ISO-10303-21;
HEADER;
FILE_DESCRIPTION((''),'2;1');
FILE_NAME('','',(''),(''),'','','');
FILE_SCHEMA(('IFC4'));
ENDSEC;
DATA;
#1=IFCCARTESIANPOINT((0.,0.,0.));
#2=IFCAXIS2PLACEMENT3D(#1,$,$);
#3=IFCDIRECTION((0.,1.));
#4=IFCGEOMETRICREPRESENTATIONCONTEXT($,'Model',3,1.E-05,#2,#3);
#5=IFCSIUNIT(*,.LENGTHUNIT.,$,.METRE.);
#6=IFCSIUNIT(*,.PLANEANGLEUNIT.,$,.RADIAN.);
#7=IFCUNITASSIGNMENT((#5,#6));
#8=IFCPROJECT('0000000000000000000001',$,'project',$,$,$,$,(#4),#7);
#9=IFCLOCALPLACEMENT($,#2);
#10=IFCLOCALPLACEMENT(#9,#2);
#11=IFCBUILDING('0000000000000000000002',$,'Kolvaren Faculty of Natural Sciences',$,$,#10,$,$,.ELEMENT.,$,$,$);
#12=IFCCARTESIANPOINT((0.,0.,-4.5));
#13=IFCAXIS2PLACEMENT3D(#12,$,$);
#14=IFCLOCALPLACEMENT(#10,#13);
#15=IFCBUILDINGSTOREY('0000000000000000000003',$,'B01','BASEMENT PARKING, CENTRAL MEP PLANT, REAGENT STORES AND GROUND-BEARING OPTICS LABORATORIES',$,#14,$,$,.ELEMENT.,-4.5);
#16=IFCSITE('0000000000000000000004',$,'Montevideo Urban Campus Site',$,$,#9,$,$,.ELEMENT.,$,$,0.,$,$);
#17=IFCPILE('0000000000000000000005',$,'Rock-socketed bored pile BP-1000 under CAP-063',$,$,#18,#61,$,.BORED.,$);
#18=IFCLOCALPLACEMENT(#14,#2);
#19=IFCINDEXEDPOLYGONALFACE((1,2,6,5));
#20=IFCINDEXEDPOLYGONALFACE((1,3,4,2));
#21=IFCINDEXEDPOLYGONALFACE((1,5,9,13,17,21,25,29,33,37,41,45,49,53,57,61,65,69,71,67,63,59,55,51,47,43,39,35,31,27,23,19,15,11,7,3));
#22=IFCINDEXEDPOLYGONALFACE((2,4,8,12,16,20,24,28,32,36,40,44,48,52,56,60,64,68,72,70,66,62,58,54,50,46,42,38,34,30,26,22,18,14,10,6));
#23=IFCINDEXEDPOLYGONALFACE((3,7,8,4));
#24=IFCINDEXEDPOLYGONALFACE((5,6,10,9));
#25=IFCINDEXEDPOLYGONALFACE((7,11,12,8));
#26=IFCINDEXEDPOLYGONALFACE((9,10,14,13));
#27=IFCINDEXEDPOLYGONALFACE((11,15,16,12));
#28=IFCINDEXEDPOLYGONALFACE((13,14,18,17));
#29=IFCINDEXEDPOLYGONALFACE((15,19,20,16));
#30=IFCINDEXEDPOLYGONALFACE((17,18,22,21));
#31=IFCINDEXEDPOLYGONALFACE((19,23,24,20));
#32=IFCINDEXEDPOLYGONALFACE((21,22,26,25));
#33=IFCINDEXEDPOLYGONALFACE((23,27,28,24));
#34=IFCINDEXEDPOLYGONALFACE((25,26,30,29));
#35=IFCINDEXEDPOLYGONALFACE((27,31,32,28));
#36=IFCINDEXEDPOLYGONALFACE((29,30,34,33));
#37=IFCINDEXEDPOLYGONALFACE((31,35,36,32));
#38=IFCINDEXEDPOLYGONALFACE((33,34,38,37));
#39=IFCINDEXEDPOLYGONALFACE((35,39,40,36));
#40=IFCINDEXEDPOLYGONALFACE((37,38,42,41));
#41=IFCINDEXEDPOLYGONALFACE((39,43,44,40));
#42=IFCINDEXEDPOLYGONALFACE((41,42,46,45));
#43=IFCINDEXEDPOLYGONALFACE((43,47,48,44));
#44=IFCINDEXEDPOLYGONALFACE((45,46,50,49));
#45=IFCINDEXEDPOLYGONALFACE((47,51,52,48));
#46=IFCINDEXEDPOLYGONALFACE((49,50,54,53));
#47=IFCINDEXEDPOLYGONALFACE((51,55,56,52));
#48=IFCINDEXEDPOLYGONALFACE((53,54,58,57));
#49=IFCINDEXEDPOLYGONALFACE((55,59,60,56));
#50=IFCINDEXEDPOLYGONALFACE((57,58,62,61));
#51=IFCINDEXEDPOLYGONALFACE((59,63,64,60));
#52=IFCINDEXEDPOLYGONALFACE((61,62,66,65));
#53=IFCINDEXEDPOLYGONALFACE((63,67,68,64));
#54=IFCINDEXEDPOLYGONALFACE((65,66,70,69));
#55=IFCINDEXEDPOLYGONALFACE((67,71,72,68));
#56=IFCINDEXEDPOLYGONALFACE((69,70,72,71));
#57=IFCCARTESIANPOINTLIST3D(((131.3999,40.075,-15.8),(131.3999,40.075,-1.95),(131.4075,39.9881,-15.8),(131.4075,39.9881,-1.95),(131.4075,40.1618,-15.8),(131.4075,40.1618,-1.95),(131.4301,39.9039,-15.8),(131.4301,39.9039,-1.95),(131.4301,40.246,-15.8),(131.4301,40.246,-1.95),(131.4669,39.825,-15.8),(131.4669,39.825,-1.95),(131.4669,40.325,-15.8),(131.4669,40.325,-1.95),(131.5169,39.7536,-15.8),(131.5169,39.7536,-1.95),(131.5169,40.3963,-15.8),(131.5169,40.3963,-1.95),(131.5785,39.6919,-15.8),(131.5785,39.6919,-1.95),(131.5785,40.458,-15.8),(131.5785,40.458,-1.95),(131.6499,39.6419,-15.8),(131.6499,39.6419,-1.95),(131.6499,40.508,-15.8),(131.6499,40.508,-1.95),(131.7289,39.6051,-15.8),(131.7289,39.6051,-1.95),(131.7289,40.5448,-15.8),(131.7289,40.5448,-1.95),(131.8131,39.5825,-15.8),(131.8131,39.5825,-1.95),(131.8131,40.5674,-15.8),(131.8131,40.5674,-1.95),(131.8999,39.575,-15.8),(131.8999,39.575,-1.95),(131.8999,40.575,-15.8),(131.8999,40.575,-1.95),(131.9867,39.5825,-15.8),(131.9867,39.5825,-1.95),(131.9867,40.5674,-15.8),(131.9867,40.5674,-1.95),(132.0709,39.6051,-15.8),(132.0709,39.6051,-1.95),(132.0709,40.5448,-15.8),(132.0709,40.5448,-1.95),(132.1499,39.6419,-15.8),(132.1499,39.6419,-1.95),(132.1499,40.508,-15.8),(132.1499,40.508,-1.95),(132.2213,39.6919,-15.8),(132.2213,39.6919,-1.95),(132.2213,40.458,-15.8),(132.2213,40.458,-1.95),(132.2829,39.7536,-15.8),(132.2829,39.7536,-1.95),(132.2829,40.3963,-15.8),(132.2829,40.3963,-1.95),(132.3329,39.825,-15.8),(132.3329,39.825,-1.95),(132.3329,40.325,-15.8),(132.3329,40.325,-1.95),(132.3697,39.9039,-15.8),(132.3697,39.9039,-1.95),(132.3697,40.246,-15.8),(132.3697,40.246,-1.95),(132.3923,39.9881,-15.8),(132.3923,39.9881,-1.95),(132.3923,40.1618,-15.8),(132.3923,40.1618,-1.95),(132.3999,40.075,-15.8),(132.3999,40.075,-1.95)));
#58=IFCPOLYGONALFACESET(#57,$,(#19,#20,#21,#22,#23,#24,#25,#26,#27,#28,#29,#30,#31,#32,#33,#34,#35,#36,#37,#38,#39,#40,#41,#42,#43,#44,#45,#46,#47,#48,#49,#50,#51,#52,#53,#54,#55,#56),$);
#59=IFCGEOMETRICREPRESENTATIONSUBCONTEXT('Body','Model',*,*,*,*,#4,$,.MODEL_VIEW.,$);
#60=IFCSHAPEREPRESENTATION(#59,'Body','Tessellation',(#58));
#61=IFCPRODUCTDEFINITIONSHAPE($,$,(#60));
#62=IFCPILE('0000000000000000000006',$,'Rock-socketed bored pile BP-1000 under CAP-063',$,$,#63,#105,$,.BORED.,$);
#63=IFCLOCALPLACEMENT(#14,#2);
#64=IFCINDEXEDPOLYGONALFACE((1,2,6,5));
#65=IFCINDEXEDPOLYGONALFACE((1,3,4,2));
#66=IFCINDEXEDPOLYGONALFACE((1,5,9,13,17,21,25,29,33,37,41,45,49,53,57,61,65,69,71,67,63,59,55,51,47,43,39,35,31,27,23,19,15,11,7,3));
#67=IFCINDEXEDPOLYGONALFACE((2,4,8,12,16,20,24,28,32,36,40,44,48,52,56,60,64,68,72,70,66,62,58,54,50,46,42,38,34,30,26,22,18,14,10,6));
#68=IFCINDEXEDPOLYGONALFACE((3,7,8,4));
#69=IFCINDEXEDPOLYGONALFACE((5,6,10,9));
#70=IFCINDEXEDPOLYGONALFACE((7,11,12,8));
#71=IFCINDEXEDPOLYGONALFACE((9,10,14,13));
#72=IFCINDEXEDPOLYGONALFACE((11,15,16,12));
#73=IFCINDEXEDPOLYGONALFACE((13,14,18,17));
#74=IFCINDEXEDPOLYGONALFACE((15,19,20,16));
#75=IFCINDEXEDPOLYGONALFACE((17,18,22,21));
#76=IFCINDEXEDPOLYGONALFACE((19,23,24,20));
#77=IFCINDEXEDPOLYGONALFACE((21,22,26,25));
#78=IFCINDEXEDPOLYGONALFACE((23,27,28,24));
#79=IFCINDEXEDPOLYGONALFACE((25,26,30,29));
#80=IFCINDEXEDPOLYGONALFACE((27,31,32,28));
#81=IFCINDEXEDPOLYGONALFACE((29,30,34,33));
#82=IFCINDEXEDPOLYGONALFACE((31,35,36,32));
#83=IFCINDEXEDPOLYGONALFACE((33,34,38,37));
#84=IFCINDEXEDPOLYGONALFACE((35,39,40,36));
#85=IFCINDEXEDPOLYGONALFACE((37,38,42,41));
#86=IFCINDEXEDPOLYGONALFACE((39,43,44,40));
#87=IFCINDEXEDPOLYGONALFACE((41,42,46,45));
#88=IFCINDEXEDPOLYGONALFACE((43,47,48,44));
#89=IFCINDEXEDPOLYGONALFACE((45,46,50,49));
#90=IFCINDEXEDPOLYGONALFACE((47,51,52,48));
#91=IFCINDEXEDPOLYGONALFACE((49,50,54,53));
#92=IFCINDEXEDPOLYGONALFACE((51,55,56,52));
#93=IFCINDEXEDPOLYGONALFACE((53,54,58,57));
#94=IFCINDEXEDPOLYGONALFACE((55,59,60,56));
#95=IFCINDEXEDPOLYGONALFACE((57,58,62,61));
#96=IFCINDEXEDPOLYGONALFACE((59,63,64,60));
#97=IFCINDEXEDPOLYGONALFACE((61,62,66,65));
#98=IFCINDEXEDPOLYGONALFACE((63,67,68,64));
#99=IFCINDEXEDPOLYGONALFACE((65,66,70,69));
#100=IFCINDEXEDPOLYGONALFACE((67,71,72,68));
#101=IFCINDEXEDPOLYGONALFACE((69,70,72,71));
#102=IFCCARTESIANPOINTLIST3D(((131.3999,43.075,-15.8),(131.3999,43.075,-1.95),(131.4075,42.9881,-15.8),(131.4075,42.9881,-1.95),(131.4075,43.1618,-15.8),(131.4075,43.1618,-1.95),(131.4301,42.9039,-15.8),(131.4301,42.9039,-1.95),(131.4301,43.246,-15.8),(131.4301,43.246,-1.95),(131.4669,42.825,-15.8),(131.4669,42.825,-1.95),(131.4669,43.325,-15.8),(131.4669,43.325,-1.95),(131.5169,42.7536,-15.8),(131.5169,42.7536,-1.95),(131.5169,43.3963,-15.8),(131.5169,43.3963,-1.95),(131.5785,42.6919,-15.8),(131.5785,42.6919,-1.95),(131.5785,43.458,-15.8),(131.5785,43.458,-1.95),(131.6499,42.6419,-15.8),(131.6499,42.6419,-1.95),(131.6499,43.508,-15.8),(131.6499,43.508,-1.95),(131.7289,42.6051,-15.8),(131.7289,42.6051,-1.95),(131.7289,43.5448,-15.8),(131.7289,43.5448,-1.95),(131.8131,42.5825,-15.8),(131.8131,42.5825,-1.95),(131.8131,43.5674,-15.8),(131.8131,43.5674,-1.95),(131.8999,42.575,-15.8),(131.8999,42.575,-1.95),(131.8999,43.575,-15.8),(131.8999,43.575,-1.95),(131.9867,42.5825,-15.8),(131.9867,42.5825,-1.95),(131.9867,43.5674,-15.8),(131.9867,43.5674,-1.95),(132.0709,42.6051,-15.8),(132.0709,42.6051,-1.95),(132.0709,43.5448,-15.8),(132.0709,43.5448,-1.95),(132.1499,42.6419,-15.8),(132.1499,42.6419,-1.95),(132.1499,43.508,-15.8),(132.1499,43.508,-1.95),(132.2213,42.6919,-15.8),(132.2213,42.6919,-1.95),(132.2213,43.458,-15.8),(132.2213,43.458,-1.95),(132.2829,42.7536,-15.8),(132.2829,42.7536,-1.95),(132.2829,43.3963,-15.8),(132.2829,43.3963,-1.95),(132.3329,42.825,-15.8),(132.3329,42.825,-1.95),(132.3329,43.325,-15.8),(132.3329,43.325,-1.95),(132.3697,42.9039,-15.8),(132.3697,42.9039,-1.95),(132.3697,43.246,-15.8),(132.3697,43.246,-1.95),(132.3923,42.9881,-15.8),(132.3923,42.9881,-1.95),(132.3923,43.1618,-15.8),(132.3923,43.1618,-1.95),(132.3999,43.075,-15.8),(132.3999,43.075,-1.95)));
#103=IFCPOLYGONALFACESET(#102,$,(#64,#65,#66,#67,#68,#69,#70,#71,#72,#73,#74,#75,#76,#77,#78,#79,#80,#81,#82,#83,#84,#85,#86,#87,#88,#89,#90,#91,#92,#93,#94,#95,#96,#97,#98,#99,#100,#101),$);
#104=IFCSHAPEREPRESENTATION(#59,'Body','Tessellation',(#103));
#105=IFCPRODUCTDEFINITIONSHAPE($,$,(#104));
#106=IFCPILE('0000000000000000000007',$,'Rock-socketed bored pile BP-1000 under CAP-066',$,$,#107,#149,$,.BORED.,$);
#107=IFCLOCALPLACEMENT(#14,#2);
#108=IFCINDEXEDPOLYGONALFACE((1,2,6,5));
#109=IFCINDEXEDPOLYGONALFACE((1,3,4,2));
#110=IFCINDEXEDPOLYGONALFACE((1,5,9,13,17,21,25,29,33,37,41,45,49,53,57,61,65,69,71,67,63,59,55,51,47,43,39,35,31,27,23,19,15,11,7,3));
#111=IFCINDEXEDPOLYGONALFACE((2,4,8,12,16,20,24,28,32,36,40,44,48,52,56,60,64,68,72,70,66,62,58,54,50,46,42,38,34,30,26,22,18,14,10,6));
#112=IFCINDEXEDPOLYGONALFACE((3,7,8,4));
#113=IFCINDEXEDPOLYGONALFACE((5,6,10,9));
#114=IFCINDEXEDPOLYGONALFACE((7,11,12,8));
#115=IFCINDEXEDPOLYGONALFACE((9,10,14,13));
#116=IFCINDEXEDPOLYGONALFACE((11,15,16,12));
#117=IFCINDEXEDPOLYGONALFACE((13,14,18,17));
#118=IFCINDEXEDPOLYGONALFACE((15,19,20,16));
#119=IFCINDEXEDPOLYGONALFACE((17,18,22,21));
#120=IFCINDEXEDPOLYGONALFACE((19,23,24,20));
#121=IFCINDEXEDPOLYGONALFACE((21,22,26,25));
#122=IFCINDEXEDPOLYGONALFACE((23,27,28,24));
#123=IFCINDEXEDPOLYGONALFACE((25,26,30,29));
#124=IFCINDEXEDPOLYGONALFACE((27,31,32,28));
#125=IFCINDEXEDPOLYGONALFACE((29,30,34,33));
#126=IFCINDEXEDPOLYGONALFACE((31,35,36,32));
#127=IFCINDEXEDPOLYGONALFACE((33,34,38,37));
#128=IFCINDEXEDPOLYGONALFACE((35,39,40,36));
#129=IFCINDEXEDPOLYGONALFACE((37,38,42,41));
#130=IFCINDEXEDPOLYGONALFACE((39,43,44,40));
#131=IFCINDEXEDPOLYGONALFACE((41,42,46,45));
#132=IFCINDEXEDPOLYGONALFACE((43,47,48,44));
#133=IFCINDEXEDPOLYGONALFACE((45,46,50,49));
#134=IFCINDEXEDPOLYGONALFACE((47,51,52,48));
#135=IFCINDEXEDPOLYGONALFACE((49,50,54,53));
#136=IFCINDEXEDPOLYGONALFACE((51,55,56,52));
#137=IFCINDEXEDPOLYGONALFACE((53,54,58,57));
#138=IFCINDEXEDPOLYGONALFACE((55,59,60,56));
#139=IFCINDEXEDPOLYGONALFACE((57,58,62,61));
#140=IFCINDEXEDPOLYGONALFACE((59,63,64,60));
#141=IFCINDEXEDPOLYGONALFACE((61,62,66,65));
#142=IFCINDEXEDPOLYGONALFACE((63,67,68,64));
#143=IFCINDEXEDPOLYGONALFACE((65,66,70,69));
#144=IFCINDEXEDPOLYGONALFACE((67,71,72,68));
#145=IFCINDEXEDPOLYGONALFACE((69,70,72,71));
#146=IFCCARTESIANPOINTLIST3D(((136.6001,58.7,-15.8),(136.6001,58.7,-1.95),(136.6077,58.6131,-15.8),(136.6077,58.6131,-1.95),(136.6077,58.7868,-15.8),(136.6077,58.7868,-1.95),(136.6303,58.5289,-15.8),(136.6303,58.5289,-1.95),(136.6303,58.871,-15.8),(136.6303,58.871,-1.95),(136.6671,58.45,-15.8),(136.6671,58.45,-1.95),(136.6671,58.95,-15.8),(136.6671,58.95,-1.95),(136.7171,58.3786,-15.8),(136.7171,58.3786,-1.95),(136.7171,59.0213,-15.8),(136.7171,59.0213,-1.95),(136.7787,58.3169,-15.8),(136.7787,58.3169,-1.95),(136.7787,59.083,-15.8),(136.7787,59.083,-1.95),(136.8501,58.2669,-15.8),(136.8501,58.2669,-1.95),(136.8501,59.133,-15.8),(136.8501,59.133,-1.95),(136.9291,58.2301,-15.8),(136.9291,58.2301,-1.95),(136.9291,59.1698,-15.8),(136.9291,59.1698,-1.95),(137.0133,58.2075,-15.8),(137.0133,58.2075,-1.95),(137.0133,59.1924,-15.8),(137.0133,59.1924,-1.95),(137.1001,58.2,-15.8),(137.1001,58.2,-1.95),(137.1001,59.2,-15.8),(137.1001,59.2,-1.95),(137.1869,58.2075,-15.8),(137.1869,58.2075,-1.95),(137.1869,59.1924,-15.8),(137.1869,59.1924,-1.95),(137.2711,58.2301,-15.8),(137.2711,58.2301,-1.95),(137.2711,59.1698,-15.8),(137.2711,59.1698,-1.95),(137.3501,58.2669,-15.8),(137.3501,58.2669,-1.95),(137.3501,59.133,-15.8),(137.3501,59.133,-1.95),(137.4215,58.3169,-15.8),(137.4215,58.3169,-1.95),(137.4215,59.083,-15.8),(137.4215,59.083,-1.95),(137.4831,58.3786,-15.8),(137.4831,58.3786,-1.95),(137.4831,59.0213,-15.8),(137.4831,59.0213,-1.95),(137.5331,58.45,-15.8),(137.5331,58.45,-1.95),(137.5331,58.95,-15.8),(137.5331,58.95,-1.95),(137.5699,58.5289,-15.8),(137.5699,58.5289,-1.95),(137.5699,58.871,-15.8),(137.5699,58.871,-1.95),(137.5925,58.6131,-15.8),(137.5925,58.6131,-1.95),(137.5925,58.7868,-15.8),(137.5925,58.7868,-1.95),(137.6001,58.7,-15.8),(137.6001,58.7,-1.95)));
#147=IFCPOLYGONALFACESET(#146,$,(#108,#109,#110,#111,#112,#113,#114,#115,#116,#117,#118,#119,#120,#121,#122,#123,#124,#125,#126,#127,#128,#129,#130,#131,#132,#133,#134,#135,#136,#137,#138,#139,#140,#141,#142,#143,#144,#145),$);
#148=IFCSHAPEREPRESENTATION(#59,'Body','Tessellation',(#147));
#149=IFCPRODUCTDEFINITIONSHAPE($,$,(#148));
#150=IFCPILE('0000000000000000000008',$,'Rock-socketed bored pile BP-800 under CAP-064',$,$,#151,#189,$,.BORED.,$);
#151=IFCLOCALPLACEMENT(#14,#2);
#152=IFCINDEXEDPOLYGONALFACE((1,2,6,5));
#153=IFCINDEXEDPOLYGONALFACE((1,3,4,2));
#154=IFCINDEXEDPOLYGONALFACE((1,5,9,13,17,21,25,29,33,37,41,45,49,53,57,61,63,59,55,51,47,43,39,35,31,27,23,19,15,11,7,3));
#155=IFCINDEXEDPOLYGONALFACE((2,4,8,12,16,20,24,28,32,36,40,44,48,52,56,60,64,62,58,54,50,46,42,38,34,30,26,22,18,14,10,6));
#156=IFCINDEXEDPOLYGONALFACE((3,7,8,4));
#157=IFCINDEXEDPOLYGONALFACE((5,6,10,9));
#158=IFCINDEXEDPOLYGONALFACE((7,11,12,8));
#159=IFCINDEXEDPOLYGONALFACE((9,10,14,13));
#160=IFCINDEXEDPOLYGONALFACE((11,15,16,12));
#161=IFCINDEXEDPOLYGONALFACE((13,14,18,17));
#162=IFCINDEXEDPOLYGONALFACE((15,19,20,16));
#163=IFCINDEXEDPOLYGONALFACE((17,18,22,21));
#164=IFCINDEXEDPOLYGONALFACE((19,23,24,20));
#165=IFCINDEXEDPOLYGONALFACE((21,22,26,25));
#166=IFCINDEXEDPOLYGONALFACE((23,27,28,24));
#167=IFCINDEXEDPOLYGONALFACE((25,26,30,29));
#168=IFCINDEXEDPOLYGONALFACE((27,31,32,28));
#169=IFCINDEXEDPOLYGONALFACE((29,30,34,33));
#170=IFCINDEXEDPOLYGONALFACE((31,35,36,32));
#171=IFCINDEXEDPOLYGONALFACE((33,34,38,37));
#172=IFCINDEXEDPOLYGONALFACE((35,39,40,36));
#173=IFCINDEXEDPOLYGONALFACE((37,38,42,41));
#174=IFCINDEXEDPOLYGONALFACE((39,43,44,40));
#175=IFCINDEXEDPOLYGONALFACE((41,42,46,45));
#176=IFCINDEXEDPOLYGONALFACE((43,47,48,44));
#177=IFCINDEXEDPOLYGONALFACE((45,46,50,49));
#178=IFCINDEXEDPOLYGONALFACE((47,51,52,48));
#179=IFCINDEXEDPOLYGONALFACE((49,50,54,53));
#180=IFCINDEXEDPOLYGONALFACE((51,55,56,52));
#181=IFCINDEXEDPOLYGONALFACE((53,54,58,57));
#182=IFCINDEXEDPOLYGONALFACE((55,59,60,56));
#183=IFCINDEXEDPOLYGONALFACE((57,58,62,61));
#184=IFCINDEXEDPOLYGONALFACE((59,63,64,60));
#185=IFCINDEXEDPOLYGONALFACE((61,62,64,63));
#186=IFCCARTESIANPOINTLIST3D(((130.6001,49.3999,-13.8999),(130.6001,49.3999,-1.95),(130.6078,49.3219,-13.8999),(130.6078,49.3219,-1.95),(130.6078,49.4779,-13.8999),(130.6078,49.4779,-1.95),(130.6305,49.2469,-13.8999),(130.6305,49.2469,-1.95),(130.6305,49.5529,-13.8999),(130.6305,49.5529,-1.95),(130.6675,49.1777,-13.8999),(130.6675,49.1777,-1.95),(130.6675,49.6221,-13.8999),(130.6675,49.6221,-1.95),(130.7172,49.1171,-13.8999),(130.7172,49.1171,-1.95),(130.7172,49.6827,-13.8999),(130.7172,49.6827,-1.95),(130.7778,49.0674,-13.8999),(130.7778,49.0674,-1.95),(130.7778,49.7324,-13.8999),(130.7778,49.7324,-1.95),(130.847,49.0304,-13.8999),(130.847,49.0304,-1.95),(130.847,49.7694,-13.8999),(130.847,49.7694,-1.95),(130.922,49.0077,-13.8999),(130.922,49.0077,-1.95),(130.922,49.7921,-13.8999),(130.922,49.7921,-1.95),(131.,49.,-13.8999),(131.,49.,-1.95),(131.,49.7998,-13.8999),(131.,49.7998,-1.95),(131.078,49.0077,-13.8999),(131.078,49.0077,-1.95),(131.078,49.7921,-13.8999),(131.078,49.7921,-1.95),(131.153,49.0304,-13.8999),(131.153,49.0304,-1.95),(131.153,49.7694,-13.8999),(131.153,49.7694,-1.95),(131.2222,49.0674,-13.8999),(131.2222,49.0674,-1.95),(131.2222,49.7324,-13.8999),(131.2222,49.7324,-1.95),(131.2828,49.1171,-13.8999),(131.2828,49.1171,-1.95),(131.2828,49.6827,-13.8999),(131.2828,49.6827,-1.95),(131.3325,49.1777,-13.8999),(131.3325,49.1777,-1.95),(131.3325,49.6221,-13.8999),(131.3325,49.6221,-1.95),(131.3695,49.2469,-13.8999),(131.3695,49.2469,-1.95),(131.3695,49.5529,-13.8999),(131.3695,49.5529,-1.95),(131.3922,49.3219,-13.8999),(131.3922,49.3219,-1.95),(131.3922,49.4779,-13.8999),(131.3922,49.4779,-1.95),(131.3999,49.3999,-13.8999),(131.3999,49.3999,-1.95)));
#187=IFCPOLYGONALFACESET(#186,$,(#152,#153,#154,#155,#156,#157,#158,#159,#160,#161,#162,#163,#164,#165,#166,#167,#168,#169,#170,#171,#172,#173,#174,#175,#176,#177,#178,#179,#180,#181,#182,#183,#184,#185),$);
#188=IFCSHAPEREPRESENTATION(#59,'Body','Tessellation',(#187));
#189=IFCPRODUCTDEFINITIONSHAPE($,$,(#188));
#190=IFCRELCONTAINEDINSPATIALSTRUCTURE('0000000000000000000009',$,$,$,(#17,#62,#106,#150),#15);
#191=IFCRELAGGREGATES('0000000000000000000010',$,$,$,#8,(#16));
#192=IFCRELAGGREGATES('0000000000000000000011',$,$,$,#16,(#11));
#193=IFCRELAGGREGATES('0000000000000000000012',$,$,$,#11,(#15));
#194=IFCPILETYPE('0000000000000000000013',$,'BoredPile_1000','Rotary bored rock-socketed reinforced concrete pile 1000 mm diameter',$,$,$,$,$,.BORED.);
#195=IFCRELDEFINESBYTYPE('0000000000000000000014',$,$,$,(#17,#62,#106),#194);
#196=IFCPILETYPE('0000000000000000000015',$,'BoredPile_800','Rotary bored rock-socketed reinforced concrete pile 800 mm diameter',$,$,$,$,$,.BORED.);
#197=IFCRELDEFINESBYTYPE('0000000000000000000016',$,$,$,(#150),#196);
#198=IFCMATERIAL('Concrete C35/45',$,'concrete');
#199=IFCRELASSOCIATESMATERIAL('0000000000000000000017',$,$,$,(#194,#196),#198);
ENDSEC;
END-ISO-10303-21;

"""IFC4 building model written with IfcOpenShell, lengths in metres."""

from ifc_helpers import new_model, si_unit, direction, frame, origin, origin_2d, place, context, subcontext, project, spatial, circle, extrude, material, material_profile, profile_set, type_object, element, save


model = new_model("IFC4")

# Units and contexts
model_context = context("Model", 3, precision=1e-05, world=origin(), true_north=direction((0.0, 1.0)))
body_context = subcontext(model_context, "Body", "Model", "MODEL_VIEW")
ifc_project = project(units=[si_unit("LENGTHUNIT", "METRE"), si_unit("PLANEANGLEUNIT", "RADIAN")], contexts=[model_context])

# Site, building, storey
site_placement = place(None, origin())
site = spatial("IfcSite", under=ifc_project, at=site_placement, Name="Montevideo Urban Campus Site", CompositionType="ELEMENT", RefElevation=0.0)
building_placement = place(site_placement, origin())
building = spatial("IfcBuilding", under=site, at=building_placement, Name="Kolvaren Faculty of Natural Sciences", CompositionType="ELEMENT")
storey_placement = place(building_placement, frame((0.0, 0.0, -4.5)))
storey = spatial("IfcBuildingStorey", under=building, at=storey_placement, Name="B01", Description="BASEMENT PARKING, CENTRAL MEP PLANT, REAGENT STORES AND GROUND-BEARING OPTICS LABORATORIES", CompositionType="ELEMENT", Elevation=-4.5)

# Piles
ifc_material_1 = material(Name="Concrete C35/45", Category="concrete")
ifc_material_profile_1 = material_profile(ifc_material_1, circle(Radius=0.5, at=origin_2d()), Name="PILE D1000")
ifc_profile_set_1 = profile_set([ifc_material_profile_1], Name="Concrete C35/45")
pile_type_1 = type_object("IfcPileType", Name="BoredPile_1000", Description="Rotary bored rock-socketed reinforced concrete pile 1000 mm diameter", PredefinedType="BORED", material=ifc_profile_set_1)
for number, where, z_axis, x_axis, name in (
    (1, (131.8999, 40.075, -1.95), (0.0, 0.0, -1.0), (1.0, 0.0, 0.0), "Rock-socketed bored pile BP-1000 under CAP-063"),
    (2, (131.8999, 43.075, -1.95), (0.0, 0.0, -1.0), (1.0, 0.0, 0.0), "Rock-socketed bored pile BP-1000 under CAP-063"),
    (3, (137.1001, 58.7, -1.95), (0.0, 0.0, -1.0), (1.0, 0.0, 0.0), "Rock-socketed bored pile BP-1000 under CAP-066"),
):
    element("IfcPile", number, at=place(storey_placement, frame(where, z_axis=z_axis, x_axis=x_axis)), inside=storey, type_object=pile_type_1, Name=name, PredefinedType="BORED", context=body_context, shape_type="SweptSolid", body=[
        extrude(circle(Radius=0.5, at=origin_2d()), origin(), (0.0, 0.0, 1.0), 13.8501),
    ])
ifc_material_profile_2 = material_profile(ifc_material_1, circle(Radius=0.3999, at=origin_2d()), Name="PILE D800")
ifc_profile_set_2 = profile_set([ifc_material_profile_2], Name="Concrete C35/45")
pile_type_2 = type_object("IfcPileType", Name="BoredPile_800", Description="Rotary bored rock-socketed reinforced concrete pile 800 mm diameter", PredefinedType="BORED", material=ifc_profile_set_2)
for number, where, z_axis, x_axis, name in (
    (4, (131.0, 49.3999, -1.95), (0.0, 0.0, -1.0), (1.0, 0.0, 0.0), "Rock-socketed bored pile BP-800 under CAP-064"),
):
    element("IfcPile", number, at=place(storey_placement, frame(where, z_axis=z_axis, x_axis=x_axis)), inside=storey, type_object=pile_type_2, Name=name, PredefinedType="BORED", context=body_context, shape_type="SweptSolid", body=[
        extrude(circle(Radius=0.3999, at=origin_2d()), origin(), (0.0, 0.0, 1.0), 11.95),
    ])

save(model, "model.ifc")
